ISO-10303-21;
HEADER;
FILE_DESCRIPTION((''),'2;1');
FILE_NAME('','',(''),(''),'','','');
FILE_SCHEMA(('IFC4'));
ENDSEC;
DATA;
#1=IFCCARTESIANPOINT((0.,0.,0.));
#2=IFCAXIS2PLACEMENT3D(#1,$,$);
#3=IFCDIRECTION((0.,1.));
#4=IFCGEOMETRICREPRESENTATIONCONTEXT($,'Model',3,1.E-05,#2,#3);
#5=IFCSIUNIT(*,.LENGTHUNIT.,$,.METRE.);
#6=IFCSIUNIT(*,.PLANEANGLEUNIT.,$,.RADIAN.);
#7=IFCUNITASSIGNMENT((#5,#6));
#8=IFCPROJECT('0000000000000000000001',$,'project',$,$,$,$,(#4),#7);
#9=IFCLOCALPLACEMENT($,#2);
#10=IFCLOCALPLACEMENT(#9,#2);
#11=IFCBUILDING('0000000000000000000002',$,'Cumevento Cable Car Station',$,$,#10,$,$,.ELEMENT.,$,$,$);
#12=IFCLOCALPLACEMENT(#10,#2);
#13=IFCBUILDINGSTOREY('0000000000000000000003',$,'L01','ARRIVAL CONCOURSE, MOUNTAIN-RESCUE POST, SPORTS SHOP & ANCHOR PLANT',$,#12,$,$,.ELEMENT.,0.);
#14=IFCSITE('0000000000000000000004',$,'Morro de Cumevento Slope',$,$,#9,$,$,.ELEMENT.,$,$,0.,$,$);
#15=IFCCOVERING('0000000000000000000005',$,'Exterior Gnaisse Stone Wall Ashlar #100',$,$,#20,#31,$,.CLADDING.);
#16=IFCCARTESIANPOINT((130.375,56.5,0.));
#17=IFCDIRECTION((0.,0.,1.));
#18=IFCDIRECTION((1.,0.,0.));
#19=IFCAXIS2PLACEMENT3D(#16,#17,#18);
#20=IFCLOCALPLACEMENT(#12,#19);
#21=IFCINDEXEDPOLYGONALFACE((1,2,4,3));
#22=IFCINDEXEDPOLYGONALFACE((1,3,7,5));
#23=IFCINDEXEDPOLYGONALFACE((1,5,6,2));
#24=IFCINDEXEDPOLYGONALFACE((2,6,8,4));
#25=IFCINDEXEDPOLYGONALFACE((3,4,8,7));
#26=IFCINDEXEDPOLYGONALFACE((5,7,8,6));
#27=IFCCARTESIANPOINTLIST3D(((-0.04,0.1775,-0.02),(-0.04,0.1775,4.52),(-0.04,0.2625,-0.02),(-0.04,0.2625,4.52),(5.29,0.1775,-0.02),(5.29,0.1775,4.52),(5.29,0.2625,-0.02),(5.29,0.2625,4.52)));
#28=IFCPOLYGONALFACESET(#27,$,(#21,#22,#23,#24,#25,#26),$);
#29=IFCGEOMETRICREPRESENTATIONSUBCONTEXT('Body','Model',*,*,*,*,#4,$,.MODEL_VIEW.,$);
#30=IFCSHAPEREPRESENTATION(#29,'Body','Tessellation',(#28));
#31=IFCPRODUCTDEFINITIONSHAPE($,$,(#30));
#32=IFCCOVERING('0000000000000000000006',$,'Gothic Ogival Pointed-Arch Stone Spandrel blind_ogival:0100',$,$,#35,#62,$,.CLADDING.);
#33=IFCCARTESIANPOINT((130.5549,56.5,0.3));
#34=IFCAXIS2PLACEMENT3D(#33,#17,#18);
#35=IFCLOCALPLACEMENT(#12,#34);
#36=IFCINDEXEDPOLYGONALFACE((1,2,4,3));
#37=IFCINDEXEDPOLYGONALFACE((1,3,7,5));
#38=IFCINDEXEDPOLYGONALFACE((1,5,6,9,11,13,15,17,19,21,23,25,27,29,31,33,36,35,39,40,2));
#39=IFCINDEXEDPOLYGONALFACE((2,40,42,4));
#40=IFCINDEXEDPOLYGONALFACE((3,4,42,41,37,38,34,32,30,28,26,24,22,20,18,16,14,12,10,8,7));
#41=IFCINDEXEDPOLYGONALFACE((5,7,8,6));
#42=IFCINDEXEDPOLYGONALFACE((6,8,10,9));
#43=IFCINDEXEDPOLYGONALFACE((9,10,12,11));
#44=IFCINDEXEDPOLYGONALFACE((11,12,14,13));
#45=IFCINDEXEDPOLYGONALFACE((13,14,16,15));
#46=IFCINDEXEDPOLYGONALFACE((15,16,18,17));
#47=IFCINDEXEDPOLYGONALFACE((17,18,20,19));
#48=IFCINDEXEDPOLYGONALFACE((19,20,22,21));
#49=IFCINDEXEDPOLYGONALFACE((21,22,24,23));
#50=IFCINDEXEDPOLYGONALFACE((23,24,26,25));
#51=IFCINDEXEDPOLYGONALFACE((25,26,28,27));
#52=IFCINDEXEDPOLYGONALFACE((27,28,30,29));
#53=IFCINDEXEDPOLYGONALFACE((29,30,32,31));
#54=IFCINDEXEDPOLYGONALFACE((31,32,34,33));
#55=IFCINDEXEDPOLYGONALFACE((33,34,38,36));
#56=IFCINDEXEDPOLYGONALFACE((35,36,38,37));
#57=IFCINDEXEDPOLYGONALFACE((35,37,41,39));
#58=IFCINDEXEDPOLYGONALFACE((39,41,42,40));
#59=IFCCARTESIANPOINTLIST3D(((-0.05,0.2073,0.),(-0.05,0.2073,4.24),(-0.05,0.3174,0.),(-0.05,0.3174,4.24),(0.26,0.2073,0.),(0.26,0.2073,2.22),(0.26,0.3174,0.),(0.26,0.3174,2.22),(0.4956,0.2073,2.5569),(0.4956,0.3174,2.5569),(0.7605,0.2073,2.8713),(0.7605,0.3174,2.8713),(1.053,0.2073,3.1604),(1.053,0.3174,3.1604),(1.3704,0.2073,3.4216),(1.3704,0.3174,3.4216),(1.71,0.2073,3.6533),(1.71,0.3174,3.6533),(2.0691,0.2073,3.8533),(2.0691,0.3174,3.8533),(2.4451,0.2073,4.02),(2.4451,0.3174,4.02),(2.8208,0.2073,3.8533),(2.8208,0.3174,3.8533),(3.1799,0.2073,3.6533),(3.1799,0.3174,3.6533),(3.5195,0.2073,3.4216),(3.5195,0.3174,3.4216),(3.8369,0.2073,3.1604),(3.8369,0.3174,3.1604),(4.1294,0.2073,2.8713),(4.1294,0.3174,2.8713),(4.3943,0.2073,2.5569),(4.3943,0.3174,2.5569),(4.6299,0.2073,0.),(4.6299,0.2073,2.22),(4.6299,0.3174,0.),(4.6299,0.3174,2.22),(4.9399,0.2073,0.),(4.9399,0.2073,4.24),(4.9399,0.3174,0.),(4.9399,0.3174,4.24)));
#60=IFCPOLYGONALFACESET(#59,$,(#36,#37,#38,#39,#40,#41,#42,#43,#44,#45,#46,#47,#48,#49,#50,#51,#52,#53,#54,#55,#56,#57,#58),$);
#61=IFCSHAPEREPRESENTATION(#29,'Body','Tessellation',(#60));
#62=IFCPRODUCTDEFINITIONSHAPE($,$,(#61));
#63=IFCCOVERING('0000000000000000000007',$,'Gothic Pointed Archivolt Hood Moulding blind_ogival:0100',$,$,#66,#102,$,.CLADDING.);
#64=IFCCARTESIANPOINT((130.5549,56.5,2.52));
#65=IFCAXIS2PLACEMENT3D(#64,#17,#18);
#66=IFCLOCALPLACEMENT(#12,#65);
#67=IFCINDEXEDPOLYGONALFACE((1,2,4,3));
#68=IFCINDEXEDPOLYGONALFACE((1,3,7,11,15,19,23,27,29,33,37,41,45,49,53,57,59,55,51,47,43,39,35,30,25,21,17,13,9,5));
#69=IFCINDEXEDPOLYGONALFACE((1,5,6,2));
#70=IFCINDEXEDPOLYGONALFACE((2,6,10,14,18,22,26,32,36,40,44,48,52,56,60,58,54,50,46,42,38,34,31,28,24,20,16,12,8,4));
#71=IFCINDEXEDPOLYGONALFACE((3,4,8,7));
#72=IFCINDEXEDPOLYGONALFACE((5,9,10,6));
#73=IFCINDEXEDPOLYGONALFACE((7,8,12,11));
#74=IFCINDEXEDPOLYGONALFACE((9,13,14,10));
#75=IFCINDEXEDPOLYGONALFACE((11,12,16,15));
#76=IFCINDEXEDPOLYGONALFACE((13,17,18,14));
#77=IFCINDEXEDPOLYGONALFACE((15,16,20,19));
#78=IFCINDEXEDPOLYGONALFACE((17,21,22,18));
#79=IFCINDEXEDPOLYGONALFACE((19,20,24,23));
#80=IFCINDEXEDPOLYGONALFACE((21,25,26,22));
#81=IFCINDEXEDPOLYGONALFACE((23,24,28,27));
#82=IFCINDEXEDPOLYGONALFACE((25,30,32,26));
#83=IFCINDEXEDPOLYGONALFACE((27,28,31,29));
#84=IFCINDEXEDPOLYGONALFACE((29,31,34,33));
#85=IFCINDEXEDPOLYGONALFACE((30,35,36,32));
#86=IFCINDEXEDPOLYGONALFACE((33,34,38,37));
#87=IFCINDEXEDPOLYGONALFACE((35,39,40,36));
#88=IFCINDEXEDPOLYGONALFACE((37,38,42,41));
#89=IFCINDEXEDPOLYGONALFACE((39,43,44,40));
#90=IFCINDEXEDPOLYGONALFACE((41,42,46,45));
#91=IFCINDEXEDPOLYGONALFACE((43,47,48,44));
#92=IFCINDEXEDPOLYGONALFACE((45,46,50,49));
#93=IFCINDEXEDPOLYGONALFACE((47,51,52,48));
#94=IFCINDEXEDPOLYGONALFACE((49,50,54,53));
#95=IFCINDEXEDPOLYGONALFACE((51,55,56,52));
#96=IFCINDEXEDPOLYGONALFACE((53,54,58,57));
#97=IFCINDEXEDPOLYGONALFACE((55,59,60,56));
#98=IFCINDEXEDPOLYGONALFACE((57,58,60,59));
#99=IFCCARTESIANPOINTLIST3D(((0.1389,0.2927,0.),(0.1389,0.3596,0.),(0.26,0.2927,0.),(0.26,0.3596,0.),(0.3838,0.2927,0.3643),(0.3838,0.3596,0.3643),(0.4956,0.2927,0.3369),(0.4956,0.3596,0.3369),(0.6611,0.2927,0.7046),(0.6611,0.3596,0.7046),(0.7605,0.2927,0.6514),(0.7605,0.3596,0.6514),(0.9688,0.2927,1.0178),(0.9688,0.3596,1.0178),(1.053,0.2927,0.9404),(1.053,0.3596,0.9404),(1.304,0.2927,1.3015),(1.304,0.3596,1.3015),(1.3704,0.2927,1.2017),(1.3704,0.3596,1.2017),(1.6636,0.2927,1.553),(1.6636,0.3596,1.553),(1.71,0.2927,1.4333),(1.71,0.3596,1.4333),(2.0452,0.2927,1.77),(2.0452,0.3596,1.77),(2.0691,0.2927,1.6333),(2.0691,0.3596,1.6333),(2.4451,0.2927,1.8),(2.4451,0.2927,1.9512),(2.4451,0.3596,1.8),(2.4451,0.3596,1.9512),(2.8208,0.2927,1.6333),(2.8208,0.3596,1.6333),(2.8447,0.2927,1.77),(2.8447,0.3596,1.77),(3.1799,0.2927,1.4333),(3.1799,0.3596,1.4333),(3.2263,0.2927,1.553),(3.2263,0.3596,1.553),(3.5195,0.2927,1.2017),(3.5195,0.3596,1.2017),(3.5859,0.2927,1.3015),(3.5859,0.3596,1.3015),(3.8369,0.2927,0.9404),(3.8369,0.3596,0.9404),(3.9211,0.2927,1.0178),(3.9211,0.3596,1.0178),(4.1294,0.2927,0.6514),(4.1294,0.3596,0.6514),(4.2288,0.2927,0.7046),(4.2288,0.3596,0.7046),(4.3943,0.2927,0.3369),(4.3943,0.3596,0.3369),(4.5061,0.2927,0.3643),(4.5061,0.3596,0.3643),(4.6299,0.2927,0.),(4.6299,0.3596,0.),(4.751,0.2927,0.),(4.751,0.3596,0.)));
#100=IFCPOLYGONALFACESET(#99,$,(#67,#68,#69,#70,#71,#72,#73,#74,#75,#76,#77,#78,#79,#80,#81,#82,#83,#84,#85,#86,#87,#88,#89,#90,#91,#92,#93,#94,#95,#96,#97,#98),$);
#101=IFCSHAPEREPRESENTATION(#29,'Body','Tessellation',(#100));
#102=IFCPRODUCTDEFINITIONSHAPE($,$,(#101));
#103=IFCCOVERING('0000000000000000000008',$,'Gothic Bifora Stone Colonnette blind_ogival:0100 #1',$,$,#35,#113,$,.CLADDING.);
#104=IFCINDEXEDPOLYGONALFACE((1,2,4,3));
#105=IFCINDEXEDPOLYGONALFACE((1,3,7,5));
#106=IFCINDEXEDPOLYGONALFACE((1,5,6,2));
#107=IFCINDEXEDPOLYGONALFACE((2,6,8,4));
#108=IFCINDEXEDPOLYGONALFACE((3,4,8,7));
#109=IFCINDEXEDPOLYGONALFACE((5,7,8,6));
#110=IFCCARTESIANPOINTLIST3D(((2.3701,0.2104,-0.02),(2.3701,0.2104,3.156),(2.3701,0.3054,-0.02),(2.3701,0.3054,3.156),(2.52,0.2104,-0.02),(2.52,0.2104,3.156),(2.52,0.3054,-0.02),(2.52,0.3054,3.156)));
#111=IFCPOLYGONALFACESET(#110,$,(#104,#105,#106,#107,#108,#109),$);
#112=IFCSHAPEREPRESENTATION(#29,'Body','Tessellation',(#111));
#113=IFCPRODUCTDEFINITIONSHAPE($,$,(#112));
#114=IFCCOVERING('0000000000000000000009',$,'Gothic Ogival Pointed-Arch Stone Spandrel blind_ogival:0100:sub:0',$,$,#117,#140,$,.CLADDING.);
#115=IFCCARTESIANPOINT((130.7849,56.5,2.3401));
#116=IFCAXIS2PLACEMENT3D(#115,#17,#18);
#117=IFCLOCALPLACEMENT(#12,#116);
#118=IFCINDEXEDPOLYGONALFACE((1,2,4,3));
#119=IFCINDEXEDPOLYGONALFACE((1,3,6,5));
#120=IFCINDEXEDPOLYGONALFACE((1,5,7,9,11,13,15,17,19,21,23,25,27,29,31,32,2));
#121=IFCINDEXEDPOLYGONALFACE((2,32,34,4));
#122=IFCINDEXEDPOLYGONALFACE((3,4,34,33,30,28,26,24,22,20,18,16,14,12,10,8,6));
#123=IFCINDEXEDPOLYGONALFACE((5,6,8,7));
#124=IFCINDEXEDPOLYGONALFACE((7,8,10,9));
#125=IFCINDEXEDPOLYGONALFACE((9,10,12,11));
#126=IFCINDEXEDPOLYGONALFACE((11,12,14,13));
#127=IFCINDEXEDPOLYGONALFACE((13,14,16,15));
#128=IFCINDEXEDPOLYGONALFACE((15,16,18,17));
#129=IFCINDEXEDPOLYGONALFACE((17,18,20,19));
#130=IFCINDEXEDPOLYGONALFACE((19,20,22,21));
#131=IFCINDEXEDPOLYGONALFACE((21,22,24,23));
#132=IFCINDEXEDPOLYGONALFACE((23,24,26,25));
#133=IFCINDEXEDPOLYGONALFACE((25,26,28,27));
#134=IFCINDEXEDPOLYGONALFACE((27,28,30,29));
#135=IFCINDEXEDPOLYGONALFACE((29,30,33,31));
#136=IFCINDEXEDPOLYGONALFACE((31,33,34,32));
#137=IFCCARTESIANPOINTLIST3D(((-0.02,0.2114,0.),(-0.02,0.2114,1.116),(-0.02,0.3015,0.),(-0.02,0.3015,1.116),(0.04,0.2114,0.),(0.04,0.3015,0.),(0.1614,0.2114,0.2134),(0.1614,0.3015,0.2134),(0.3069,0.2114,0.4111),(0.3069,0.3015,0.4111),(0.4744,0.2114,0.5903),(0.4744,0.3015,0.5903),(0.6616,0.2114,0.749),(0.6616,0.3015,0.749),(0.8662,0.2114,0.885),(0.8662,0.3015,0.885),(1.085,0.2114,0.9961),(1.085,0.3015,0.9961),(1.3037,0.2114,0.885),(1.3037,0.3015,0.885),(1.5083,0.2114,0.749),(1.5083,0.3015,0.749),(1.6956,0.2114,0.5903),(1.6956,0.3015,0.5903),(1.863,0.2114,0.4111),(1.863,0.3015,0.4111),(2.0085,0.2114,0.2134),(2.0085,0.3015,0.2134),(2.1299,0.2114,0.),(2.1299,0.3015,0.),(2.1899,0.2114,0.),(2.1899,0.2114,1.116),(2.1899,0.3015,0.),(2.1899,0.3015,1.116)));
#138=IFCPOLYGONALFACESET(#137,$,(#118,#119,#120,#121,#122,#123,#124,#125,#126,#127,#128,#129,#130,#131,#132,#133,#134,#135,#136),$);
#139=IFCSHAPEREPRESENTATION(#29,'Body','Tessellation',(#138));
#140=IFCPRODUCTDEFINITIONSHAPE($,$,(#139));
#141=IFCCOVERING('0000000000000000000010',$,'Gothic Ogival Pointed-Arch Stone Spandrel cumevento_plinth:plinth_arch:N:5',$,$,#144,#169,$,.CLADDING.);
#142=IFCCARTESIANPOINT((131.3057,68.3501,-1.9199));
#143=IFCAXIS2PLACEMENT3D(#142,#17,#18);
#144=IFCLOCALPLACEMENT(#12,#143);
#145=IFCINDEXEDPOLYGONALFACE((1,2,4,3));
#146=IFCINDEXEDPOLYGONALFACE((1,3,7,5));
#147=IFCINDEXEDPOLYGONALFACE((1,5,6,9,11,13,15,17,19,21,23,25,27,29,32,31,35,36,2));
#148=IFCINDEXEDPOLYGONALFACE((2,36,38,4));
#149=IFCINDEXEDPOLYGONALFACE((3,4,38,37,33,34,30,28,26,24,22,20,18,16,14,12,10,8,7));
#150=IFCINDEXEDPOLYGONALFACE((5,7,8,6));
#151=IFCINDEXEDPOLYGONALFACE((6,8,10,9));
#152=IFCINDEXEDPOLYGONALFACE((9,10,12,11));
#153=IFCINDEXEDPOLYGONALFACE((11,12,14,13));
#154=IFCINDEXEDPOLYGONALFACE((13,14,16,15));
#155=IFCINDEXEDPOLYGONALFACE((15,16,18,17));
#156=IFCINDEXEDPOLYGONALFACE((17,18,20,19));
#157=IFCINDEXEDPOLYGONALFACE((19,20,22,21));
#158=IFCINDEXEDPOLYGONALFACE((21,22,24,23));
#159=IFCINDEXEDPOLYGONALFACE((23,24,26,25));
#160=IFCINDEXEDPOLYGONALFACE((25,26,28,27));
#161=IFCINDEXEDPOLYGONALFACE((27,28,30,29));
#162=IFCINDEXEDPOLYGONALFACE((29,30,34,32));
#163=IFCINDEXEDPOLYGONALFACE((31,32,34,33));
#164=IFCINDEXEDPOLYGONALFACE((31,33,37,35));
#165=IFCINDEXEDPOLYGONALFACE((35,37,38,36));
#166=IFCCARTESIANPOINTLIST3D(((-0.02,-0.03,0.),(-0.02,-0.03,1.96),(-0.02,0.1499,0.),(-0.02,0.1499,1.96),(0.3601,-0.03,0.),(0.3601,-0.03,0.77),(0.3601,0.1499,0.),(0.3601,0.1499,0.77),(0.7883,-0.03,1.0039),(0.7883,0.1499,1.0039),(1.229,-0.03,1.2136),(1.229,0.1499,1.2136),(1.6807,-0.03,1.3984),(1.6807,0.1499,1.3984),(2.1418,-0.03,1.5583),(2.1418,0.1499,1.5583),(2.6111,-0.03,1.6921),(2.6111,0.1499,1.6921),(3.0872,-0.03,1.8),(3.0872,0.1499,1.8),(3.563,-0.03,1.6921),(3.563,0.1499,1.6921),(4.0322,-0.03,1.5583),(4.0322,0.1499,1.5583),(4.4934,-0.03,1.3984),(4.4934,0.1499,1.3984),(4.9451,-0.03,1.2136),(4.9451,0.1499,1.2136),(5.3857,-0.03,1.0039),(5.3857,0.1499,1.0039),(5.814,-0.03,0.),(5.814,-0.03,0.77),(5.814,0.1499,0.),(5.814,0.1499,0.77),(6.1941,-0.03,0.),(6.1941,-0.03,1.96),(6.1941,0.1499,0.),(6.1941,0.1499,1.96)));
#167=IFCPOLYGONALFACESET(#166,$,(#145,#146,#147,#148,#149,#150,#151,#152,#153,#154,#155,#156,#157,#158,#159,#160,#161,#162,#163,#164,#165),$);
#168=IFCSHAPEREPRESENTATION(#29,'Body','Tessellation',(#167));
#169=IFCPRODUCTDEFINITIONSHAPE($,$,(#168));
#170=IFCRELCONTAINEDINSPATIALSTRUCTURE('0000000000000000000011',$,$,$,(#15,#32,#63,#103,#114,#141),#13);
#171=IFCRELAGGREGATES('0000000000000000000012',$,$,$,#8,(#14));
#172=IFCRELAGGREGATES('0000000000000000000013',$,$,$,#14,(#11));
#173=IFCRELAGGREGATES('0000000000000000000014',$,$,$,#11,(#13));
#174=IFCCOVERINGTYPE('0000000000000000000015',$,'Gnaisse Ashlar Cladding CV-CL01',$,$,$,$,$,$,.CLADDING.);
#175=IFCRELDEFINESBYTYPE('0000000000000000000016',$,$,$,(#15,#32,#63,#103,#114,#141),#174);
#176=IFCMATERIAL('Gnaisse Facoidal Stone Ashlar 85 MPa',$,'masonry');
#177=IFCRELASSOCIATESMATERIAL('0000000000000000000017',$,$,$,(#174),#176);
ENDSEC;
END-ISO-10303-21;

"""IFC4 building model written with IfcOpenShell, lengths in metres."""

from ifc_helpers import new_model, si_unit, direction, frame, origin, place, context, subcontext, project, spatial, polyline, outline, extrude, material, type_object, element, save


model = new_model("IFC4")

# Units and contexts
model_context = context("Model", 3, precision=1e-05, world=origin(), true_north=direction((0.0, 1.0)))
body_context = subcontext(model_context, "Body", "Model", "MODEL_VIEW")
ifc_project = project(units=[si_unit("LENGTHUNIT", "METRE"), si_unit("PLANEANGLEUNIT", "RADIAN")], contexts=[model_context])

# Site, building, storey
site_placement = place(None, origin())
site = spatial("IfcSite", under=ifc_project, at=site_placement, Name="Morro de Cumevento Slope", CompositionType="ELEMENT", RefElevation=0.0)
building_placement = place(site_placement, origin())
building = spatial("IfcBuilding", under=site, at=building_placement, Name="Cumevento Cable Car Station", CompositionType="ELEMENT")
storey_placement = place(building_placement, origin())
storey = spatial("IfcBuildingStorey", under=building, at=storey_placement, Name="L01", Description="ARRIVAL CONCOURSE, MOUNTAIN-RESCUE POST, SPORTS SHOP & ANCHOR PLANT", CompositionType="ELEMENT", Elevation=0.0)

# Coverings
ifc_material_1 = material(Name="Gnaisse Facoidal Stone Ashlar 85 MPa", Category="masonry")
covering_type = type_object("IfcCoveringType", Name="Gnaisse Ashlar Cladding CV-CL01", PredefinedType="CLADDING", material=ifc_material_1)
covering_1_placement = place(storey_placement, frame((130.375, 56.5, 0.0), z_axis=(0.0, 0.0, 1.0), x_axis=(1.0, 0.0, 0.0)))
element("IfcCovering", 1, at=covering_1_placement, inside=storey, type_object=covering_type, Name="Exterior Gnaisse Stone Wall Ashlar #100", PredefinedType="CLADDING", context=body_context, shape_type="SweptSolid", body=[
    extrude(outline(polyline([(-0.04, -0.02), (5.29, -0.02), (5.29, 4.52), (-0.04, 4.52), (-0.04, -0.02)])), frame((0.0, 0.2625, 0.0), z_axis=(0.0, -1.0, 0.0), x_axis=(1.0, 0.0, 0.0)), (0.0, 0.0, 1.0), 0.085),
])
placement = place(storey_placement, frame((130.5549, 56.5, 0.3), z_axis=(0.0, 0.0, 1.0), x_axis=(1.0, 0.0, 0.0)))
element("IfcCovering", 2, at=placement, inside=storey, type_object=covering_type, Name="Gothic Ogival Pointed-Arch Stone Spandrel blind_ogival:0100", PredefinedType="CLADDING", context=body_context, shape_type="SweptSolid", body=[
    extrude(outline(polyline([(-0.05, 0.0), (-0.05, 4.24), (4.9399, 4.24), (4.9399, 0.0), (4.6299, 0.0), (4.6299, 2.22), (4.3943, 2.5569), (4.1294, 2.8713), (3.8369, 3.1604), (3.5195, 3.4216), (3.1799, 3.6533), (2.8208, 3.8533), (2.4451, 4.02), (2.0691, 3.8533), (1.71, 3.6533), (1.3704, 3.4216), (1.053, 3.1604), (0.7605, 2.8713), (0.4956, 2.5569), (0.26, 2.22), (0.26, 0.0), (-0.05, 0.0)])), frame((0.0, 0.3174, 0.0), z_axis=(0.0, -1.0, 0.0), x_axis=(1.0, 0.0, 0.0)), (0.0, 0.0, 1.0), 0.1101),
])
covering_2_placement = place(storey_placement, frame((130.5549, 56.5, 2.52), z_axis=(0.0, 0.0, 1.0), x_axis=(1.0, 0.0, 0.0)))
element("IfcCovering", 3, at=covering_2_placement, inside=storey, type_object=covering_type, Name="Gothic Pointed Archivolt Hood Moulding blind_ogival:0100", PredefinedType="CLADDING", context=body_context, shape_type="SweptSolid", body=[
    extrude(outline(polyline([(0.26, 0.0), (0.4956, 0.3369), (0.7605, 0.6514), (1.053, 0.9404), (1.3704, 1.2017), (1.71, 1.4333), (2.0691, 1.6333), (2.4451, 1.8), (2.8208, 1.6333), (3.1799, 1.4333), (3.5195, 1.2017), (3.8369, 0.9404), (4.1294, 0.6514), (4.3943, 0.3369), (4.6299, 0.0), (4.751, 0.0), (4.5061, 0.3643), (4.2288, 0.7046), (3.9211, 1.0178), (3.5859, 1.3015), (3.2263, 1.553), (2.8447, 1.77), (2.4451, 1.9512), (2.0452, 1.77), (1.6636, 1.553), (1.304, 1.3015), (0.9688, 1.0178), (0.6611, 0.7046), (0.3838, 0.3643), (0.1389, 0.0), (0.26, 0.0)])), frame((0.0, 0.3596, 0.0), z_axis=(0.0, -1.0, 0.0), x_axis=(1.0, 0.0, 0.0)), (0.0, 0.0, 1.0), 0.0669),
])
element("IfcCovering", 4, at=placement, inside=storey, type_object=covering_type, Name="Gothic Bifora Stone Colonnette blind_ogival:0100 #1", PredefinedType="CLADDING", context=body_context, shape_type="SweptSolid", body=[
    extrude(outline(polyline([(2.3701, -0.02), (2.52, -0.02), (2.52, 3.156), (2.3701, 3.156), (2.3701, -0.02)])), frame((0.0, 0.3054, 0.0), z_axis=(0.0, -1.0, 0.0), x_axis=(1.0, 0.0, 0.0)), (0.0, 0.0, 1.0), 0.095),
])
covering_3_placement = place(storey_placement, frame((130.7849, 56.5, 2.3401), z_axis=(0.0, 0.0, 1.0), x_axis=(1.0, 0.0, 0.0)))
element("IfcCovering", 5, at=covering_3_placement, inside=storey, type_object=covering_type, Name="Gothic Ogival Pointed-Arch Stone Spandrel blind_ogival:0100:sub:0", PredefinedType="CLADDING", context=body_context, shape_type="SweptSolid", body=[
    extrude(outline(polyline([(-0.02, 0.0), (-0.02, 1.116), (2.1899, 1.116), (2.1899, 0.0), (2.1299, 0.0), (2.0085, 0.2134), (1.863, 0.4111), (1.6956, 0.5903), (1.5083, 0.749), (1.3037, 0.885), (1.085, 0.9961), (0.8662, 0.885), (0.6616, 0.749), (0.4744, 0.5903), (0.3069, 0.4111), (0.1614, 0.2134), (0.04, 0.0), (-0.02, 0.0)])), frame((0.0, 0.3015, 0.0), z_axis=(0.0, -1.0, 0.0), x_axis=(1.0, 0.0, 0.0)), (0.0, 0.0, 1.0), 0.0901),
])
for number, where, z_axis, x_axis, name in (
    (6, (131.3057, 68.3501, -1.9199), (0.0, 0.0, 1.0), (1.0, 0.0, 0.0), "Gothic Ogival Pointed-Arch Stone Spandrel cumevento_plinth:plinth_arch:N:5"),
):
    element("IfcCovering", number, at=place(storey_placement, frame(where, z_axis=z_axis, x_axis=x_axis)), inside=storey, type_object=covering_type, Name=name, PredefinedType="CLADDING", context=body_context, shape_type="SweptSolid", body=[
        extrude(outline(polyline([(-0.02, 0.0), (-0.02, 1.96), (6.1941, 1.96), (6.1941, 0.0), (5.814, 0.0), (5.814, 0.77), (5.3857, 1.0039), (4.9451, 1.2136), (4.4934, 1.3984), (4.0322, 1.5583), (3.563, 1.6921), (3.0872, 1.8), (2.6111, 1.6921), (2.1418, 1.5583), (1.6807, 1.3984), (1.229, 1.2136), (0.7883, 1.0039), (0.3601, 0.77), (0.3601, 0.0), (-0.02, 0.0)])), frame((0.0, 0.1499, 0.0), z_axis=(0.0, -1.0, 0.0), x_axis=(1.0, 0.0, 0.0)), (0.0, 0.0, 1.0), 0.1799),
    ])

save(model, "model.ifc")
